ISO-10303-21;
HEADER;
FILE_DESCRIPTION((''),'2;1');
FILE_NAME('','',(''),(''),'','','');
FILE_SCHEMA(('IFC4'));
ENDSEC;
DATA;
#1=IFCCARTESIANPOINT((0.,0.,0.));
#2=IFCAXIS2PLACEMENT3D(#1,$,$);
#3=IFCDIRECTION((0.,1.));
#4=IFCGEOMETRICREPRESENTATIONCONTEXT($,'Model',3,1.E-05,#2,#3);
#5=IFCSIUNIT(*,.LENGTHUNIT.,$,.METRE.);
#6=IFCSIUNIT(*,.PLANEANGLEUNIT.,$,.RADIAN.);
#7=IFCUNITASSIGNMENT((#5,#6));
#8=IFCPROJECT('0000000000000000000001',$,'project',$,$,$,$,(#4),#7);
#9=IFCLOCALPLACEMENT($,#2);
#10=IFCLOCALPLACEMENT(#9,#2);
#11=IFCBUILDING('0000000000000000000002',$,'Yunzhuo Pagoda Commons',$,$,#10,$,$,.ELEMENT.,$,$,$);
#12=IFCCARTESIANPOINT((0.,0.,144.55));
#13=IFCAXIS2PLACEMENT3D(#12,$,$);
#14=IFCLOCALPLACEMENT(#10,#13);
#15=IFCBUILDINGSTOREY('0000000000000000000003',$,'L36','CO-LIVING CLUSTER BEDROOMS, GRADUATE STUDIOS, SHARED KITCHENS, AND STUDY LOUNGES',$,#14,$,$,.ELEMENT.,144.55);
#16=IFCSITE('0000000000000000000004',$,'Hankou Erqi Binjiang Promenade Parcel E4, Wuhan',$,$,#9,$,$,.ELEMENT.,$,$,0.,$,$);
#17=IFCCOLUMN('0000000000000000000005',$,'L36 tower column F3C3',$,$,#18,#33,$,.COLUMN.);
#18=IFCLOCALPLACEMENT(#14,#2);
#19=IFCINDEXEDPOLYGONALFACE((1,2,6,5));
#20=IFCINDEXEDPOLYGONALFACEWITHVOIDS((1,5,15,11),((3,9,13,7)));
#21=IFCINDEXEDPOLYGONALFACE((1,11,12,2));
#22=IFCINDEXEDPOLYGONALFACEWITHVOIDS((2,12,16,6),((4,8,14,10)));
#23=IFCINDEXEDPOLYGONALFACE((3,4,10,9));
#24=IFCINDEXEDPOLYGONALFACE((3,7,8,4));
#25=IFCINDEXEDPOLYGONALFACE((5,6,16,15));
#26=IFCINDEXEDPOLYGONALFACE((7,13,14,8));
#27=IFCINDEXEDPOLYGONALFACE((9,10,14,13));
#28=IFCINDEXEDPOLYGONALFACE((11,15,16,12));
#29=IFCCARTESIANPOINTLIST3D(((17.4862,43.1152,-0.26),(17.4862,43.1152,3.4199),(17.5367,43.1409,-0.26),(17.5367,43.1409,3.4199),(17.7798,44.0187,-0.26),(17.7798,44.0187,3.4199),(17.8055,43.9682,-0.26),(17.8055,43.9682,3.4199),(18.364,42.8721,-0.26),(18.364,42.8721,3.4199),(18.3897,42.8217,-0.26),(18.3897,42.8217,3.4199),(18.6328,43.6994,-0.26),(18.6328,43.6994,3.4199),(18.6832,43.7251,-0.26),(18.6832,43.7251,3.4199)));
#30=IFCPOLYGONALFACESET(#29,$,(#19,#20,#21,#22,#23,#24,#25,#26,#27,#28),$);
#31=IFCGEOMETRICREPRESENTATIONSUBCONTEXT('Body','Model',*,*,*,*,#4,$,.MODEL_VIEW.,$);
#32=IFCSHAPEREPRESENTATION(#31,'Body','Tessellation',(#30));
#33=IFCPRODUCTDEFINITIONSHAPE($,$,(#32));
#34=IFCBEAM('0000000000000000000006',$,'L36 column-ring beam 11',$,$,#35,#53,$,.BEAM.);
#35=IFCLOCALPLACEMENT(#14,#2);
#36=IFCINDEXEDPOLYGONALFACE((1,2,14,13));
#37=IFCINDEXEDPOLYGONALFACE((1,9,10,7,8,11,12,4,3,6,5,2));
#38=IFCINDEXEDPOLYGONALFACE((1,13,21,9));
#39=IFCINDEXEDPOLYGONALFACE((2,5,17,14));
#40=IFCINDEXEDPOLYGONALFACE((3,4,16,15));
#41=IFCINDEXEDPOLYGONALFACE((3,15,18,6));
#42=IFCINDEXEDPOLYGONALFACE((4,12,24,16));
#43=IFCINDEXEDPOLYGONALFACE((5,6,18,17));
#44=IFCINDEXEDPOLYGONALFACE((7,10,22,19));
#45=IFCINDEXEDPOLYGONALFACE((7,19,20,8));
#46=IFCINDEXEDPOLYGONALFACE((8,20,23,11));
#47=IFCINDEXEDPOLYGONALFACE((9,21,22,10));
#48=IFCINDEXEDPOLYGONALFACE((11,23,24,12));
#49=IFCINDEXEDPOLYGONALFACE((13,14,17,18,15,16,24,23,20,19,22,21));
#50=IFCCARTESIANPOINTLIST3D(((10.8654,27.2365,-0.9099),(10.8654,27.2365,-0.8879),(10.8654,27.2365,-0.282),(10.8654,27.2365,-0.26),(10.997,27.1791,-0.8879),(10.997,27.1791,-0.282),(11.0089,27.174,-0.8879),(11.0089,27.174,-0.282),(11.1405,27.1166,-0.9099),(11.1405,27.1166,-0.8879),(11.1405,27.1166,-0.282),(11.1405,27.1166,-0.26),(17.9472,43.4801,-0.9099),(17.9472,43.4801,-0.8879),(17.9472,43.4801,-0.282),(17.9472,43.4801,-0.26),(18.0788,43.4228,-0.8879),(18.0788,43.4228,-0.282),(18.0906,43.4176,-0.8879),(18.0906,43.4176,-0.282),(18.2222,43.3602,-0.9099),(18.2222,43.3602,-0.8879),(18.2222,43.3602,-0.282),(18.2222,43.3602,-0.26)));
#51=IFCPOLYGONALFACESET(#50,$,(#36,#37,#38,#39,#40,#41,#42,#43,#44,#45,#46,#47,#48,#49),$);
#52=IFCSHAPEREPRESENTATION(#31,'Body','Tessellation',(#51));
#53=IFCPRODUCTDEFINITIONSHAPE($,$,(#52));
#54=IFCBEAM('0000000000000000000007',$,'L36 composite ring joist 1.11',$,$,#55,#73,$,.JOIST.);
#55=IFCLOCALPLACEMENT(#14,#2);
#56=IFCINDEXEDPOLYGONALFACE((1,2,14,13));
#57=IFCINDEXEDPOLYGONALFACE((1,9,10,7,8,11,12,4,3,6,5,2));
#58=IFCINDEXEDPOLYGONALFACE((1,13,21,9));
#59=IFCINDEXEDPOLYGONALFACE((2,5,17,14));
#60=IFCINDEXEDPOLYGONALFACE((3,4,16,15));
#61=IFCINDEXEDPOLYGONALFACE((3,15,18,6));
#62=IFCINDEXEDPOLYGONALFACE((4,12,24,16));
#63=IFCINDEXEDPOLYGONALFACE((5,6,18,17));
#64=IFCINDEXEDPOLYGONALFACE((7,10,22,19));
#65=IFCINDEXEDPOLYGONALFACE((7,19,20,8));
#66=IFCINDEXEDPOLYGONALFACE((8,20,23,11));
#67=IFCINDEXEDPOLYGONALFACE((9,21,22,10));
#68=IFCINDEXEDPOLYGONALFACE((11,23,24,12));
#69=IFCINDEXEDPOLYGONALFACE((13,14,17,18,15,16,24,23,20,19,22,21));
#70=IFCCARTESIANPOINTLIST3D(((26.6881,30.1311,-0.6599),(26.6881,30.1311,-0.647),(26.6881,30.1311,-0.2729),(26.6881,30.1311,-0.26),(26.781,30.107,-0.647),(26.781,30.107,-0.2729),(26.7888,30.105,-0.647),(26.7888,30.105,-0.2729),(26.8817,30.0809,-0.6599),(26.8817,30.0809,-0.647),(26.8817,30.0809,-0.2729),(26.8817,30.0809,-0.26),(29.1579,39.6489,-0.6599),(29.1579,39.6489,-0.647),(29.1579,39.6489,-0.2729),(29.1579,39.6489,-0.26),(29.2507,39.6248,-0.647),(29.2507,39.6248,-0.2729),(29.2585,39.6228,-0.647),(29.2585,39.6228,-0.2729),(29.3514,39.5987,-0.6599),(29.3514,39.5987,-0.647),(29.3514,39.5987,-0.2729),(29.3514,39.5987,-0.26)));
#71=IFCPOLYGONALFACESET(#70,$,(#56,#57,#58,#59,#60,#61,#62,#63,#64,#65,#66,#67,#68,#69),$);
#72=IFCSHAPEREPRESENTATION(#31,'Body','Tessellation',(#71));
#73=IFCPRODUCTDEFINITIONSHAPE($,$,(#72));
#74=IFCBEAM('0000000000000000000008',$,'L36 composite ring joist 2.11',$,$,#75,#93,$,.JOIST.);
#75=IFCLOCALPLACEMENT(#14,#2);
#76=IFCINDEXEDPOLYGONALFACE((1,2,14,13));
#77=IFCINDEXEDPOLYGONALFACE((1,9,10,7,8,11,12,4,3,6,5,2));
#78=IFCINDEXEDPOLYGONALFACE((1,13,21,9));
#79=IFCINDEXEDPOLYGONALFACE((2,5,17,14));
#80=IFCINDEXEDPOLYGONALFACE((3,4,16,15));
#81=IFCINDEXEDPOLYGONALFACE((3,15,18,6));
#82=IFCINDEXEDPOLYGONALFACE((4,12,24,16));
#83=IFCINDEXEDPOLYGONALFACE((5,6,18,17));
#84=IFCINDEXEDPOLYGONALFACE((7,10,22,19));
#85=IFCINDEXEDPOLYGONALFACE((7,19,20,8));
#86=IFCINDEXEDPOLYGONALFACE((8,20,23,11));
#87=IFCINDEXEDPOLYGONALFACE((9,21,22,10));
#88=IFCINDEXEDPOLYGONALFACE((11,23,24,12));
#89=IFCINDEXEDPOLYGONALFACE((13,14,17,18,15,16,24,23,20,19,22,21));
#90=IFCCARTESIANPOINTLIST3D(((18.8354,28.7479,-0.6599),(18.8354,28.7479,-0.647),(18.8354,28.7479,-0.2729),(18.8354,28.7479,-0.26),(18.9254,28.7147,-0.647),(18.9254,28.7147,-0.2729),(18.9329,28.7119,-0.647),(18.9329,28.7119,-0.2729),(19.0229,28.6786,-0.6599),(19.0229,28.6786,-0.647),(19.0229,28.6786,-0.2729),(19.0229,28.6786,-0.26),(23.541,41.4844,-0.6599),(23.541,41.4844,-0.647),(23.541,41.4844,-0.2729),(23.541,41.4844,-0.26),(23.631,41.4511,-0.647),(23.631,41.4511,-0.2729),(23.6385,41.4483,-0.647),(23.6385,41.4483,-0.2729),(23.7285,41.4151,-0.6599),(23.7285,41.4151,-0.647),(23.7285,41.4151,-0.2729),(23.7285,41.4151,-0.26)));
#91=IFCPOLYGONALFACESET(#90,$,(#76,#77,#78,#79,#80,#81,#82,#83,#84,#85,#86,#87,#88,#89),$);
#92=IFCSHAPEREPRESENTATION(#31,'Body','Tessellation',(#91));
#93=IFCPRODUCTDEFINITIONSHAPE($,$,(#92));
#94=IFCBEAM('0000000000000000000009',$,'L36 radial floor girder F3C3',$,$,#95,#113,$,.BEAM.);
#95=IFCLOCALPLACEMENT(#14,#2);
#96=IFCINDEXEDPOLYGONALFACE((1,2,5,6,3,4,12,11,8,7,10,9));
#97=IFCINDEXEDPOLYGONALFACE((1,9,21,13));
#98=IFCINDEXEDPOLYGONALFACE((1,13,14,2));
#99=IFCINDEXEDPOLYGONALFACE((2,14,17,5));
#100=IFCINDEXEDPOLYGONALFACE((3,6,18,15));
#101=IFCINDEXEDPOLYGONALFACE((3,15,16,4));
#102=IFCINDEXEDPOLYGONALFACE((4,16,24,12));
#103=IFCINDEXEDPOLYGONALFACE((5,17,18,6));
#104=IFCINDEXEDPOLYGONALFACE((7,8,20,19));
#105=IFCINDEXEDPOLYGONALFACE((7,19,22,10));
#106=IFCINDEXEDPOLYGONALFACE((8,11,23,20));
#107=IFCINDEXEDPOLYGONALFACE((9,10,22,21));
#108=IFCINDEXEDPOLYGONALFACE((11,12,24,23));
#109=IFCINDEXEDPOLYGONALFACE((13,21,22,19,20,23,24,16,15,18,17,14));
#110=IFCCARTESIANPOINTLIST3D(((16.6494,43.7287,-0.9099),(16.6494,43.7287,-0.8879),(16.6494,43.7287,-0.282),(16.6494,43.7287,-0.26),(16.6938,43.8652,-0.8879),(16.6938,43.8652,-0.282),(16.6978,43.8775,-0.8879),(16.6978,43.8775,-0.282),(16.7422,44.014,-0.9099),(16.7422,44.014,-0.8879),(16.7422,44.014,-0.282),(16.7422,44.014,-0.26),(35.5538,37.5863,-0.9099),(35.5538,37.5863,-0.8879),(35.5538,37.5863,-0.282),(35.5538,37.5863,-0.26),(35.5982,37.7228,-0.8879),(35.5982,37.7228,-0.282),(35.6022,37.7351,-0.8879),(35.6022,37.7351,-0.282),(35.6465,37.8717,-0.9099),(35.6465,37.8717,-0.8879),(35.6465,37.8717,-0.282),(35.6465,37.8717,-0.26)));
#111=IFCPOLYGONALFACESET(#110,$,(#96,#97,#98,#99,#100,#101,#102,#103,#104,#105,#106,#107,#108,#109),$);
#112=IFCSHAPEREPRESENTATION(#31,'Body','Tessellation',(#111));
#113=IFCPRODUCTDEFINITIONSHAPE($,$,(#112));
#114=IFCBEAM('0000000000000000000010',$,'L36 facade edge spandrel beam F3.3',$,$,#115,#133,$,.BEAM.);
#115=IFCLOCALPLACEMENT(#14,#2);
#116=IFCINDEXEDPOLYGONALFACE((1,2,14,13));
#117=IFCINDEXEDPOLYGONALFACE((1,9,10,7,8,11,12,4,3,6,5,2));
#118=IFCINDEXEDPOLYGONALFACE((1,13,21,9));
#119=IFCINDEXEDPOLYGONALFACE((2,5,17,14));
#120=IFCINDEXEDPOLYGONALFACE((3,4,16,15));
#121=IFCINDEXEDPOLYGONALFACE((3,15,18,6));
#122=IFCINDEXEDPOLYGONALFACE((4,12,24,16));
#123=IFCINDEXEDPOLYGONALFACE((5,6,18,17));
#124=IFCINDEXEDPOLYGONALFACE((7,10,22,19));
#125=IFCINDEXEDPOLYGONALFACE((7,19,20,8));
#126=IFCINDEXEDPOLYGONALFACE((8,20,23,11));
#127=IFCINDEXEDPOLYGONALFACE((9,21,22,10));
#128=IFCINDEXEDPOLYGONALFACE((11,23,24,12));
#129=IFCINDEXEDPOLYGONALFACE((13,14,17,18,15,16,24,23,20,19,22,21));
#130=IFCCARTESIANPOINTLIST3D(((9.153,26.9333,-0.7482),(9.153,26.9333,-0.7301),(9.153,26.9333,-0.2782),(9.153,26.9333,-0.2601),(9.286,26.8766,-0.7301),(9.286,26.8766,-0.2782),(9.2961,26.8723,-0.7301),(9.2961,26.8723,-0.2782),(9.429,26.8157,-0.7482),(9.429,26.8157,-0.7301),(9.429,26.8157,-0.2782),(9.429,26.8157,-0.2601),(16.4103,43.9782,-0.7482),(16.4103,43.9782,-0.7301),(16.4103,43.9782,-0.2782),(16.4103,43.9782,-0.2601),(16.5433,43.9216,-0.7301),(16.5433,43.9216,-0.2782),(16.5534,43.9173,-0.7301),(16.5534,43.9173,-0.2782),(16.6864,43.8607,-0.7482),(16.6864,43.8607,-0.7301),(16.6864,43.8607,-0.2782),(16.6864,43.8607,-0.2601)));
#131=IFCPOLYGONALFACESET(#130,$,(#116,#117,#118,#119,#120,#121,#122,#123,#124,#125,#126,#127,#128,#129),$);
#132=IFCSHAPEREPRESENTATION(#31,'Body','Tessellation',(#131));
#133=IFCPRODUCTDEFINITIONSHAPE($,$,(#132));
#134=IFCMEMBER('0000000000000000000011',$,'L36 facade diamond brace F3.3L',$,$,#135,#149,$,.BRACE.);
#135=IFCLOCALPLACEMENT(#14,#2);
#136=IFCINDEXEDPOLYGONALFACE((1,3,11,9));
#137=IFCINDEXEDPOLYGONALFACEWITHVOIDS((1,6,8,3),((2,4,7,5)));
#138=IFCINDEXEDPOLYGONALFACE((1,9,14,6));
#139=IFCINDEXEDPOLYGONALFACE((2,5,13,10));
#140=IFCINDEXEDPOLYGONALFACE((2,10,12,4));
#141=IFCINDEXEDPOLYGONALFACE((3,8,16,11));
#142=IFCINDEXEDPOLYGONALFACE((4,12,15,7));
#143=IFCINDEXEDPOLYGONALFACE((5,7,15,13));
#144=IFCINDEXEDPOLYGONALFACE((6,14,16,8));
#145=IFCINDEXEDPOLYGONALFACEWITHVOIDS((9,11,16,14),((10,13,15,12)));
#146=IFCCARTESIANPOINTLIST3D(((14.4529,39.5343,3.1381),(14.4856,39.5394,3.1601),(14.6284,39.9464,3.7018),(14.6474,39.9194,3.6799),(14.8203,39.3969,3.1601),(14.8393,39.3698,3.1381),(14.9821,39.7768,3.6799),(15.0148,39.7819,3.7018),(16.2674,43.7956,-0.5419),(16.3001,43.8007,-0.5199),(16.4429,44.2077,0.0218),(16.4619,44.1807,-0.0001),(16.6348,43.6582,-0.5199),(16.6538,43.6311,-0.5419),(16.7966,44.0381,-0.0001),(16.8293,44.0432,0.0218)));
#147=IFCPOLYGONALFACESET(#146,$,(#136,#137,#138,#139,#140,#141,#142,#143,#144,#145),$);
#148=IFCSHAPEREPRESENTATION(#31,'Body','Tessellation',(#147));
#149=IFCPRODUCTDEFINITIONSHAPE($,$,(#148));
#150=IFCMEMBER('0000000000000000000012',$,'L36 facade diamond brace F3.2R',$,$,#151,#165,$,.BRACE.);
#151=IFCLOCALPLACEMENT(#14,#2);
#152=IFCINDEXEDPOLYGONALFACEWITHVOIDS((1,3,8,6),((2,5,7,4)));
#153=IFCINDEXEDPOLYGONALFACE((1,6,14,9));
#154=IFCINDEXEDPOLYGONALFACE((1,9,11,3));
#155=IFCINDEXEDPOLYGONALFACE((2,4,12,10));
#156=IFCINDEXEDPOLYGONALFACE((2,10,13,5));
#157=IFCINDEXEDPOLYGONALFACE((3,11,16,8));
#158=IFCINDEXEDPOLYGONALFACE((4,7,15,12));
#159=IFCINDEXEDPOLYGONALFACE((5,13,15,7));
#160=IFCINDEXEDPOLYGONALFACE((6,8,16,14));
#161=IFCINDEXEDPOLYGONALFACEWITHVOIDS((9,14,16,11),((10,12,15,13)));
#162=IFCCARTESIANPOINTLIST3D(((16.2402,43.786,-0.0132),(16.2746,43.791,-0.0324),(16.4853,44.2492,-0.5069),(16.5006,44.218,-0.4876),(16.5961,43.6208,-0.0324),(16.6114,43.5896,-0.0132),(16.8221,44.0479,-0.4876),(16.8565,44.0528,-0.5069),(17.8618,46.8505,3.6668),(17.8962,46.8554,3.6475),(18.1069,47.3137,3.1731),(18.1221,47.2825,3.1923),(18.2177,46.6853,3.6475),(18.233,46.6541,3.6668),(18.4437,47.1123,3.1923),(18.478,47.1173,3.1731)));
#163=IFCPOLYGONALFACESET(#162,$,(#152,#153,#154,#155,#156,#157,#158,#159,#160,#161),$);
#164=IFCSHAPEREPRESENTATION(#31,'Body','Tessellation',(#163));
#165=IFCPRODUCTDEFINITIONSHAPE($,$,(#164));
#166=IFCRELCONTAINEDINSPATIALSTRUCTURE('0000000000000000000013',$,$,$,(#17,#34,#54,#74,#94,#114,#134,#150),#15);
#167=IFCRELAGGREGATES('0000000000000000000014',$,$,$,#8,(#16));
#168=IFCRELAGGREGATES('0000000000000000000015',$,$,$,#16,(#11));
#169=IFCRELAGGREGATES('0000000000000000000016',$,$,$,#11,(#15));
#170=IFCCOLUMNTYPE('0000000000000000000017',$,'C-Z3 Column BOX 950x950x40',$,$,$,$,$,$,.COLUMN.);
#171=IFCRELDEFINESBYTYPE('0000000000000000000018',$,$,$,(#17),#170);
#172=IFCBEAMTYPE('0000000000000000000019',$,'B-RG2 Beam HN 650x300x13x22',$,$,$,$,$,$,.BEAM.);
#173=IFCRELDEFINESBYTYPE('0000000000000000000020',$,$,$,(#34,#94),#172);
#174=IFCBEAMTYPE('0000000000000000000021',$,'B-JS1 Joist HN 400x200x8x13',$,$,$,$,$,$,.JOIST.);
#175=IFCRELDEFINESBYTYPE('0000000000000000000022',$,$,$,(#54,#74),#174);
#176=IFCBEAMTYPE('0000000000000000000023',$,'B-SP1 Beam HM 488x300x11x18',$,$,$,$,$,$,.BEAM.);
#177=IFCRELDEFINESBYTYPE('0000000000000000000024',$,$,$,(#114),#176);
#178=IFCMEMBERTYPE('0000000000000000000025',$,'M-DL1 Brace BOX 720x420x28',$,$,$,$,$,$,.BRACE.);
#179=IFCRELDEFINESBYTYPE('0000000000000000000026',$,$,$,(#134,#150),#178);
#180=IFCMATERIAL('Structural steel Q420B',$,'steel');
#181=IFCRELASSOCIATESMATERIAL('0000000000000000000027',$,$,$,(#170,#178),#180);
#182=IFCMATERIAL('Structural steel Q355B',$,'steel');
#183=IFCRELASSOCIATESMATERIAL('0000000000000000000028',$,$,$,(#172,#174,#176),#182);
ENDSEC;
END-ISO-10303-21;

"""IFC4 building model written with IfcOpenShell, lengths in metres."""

from ifc_helpers import new_model, si_unit, direction, frame, origin, origin_2d, place, context, subcontext, project, spatial, hollow_rectangle, i_section, extrude, source, transform, mapped, material, material_profile, profile_set, type_object, element, save


model = new_model("IFC4")

# Units and contexts
model_context = context("Model", 3, precision=1e-05, world=origin(), true_north=direction((0.0, 1.0)))
body_context = subcontext(model_context, "Body", "Model", "MODEL_VIEW")
ifc_project = project(units=[si_unit("LENGTHUNIT", "METRE"), si_unit("PLANEANGLEUNIT", "RADIAN")], contexts=[model_context])

# Site, building, storey
site_placement = place(None, origin())
site = spatial("IfcSite", under=ifc_project, at=site_placement, Name="Hankou Erqi Binjiang Promenade Parcel E4, Wuhan", CompositionType="ELEMENT", RefElevation=0.0)
building_placement = place(site_placement, origin())
building = spatial("IfcBuilding", under=site, at=building_placement, Name="Yunzhuo Pagoda Commons", CompositionType="ELEMENT")
storey_placement = place(building_placement, frame((0.0, 0.0, 144.55)))
storey = spatial("IfcBuildingStorey", under=building, at=storey_placement, Name="L36", Description="CO-LIVING CLUSTER BEDROOMS, GRADUATE STUDIOS, SHARED KITCHENS, AND STUDY LOUNGES", CompositionType="ELEMENT", Elevation=144.55)

# Column
ifc_material_1 = material(Name="Structural steel Q420B", Category="steel")
ifc_material_profile_1 = material_profile(ifc_material_1, hollow_rectangle(XDim=0.95, YDim=0.95, WallThickness=0.04, at=origin_2d()), Name="Structural steel Q420B")
ifc_profile_set_1 = profile_set([ifc_material_profile_1], Name="Structural steel Q420B")
column_type = type_object("IfcColumnType", Name="C-Z3 Column BOX 950x950x40", PredefinedType="COLUMN", material=ifc_profile_set_1)
shared_shape_1 = source(origin(), body_context, "Body", "SweptSolid", [
    extrude(hollow_rectangle(XDim=0.95, YDim=0.95, WallThickness=0.04, at=origin_2d()), origin(), (0.0, 0.0, 1.0), 3.6799),
])
column_placement = place(storey_placement, frame((18.0847, 43.4202, -0.26), z_axis=(0.0, 0.0, 1.0), x_axis=(-0.309017, -0.951057, 0.0)))
element("IfcColumn", 1, at=column_placement, inside=storey, type_object=column_type, Name="L36 tower column F3C3", PredefinedType="COLUMN", context=body_context, shape_type="MappedRepresentation", body=[
    mapped(shared_shape_1, transform((0.0, 0.0, 0.0), scale=1.0)),
])

# Beams
ifc_material_2 = material(Name="Structural steel Q355B", Category="steel")
ifc_material_profile_2 = material_profile(ifc_material_2, i_section(OverallWidth=0.3, OverallDepth=0.6499, WebThickness=0.0129, FlangeThickness=0.022, at=origin_2d()), Name="Structural steel Q355B")
ifc_profile_set_2 = profile_set([ifc_material_profile_2], Name="Structural steel Q355B")
beam_type_1 = type_object("IfcBeamType", Name="B-RG2 Beam HN 650x300x13x22", PredefinedType="BEAM", material=ifc_profile_set_2)
shared_shape_2 = source(origin(), body_context, "Body", "SweptSolid", [
    extrude(i_section(OverallWidth=0.3, OverallDepth=0.6499, WebThickness=0.0129, FlangeThickness=0.022, at=origin_2d()), origin(), (0.0, 0.0, 1.0), 17.7202),
])
beam_1_placement = place(storey_placement, frame((18.0847, 43.4202, -0.585), z_axis=(-0.399643, -0.916671, 0.0), x_axis=(0.916671, -0.399643, 0.0)))
element("IfcBeam", 2, at=beam_1_placement, inside=storey, type_object=beam_type_1, Name="L36 column-ring beam 11", PredefinedType="BEAM", context=body_context, shape_type="MappedRepresentation", body=[
    mapped(shared_shape_2, transform((0.0, 0.0, 0.0), scale=1.0)),
])
ifc_material_profile_3 = material_profile(ifc_material_2, i_section(OverallWidth=0.2, OverallDepth=0.3999, WebThickness=0.0081, FlangeThickness=0.0129, at=origin_2d()), Name="Structural steel Q355B")
ifc_profile_set_3 = profile_set([ifc_material_profile_3], Name="Structural steel Q355B")
beam_type_2 = type_object("IfcBeamType", Name="B-JS1 Joist HN 400x200x8x13", PredefinedType="JOIST", material=ifc_profile_set_3)
shared_shape_3 = source(origin(), body_context, "Body", "SweptSolid", [
    extrude(i_section(OverallWidth=0.2, OverallDepth=0.3999, WebThickness=0.0081, FlangeThickness=0.0129, at=origin_2d()), origin(), (0.0, 0.0, 1.0), 9.833),
])
beam_2_placement = place(storey_placement, frame((29.2546, 39.6238, -0.46), z_axis=(-0.251166, -0.967944, 0.0), x_axis=(0.967944, -0.251166, 0.0)))
element("IfcBeam", 3, at=beam_2_placement, inside=storey, type_object=beam_type_2, Name="L36 composite ring joist 1.11", PredefinedType="JOIST", context=body_context, shape_type="MappedRepresentation", body=[
    mapped(shared_shape_3, transform((0.0, 0.0, 0.0), scale=1.0)),
])
shared_shape_4 = source(origin(), body_context, "Body", "SweptSolid", [
    extrude(i_section(OverallWidth=0.2, OverallDepth=0.3999, WebThickness=0.0081, FlangeThickness=0.0129, at=origin_2d()), origin(), (0.0, 0.0, 1.0), 13.5779),
])
beam_3_placement = place(storey_placement, frame((23.6348, 41.4497, -0.46), z_axis=(-0.346563, -0.938027, 0.0), x_axis=(0.938027, -0.346563, 0.0)))
element("IfcBeam", 4, at=beam_3_placement, inside=storey, type_object=beam_type_2, Name="L36 composite ring joist 2.11", PredefinedType="JOIST", context=body_context, shape_type="MappedRepresentation", body=[
    mapped(shared_shape_4, transform((0.0, 0.0, 0.0), scale=1.0)),
])
shared_shape_5 = source(origin(), body_context, "Body", "SweptSolid", [
    extrude(i_section(OverallWidth=0.3, OverallDepth=0.6499, WebThickness=0.0129, FlangeThickness=0.022, at=origin_2d()), origin(), (0.0, 0.0, 1.0), 19.8772),
])
beam_4_placement = place(storey_placement, frame((16.6958, 43.8713, -0.585), z_axis=(0.951057, -0.309015, 0.0), x_axis=(0.309015, 0.951057, 0.0)))
element("IfcBeam", 5, at=beam_4_placement, inside=storey, type_object=beam_type_1, Name="L36 radial floor girder F3C3", PredefinedType="BEAM", context=body_context, shape_type="MappedRepresentation", body=[
    mapped(shared_shape_5, transform((0.0, 0.0, 0.0), scale=1.0)),
])
ifc_material_profile_4 = material_profile(ifc_material_2, i_section(OverallWidth=0.3, OverallDepth=0.488, WebThickness=0.011, FlangeThickness=0.0181, at=origin_2d()), Name="Structural steel Q355B")
ifc_profile_set_4 = profile_set([ifc_material_profile_4], Name="Structural steel Q355B")
beam_type_3 = type_object("IfcBeamType", Name="B-SP1 Beam HM 488x300x11x18", PredefinedType="BEAM", material=ifc_profile_set_4)
shared_shape_6 = source(origin(), body_context, "Body", "SweptSolid", [
    extrude(i_section(OverallWidth=0.3, OverallDepth=0.488, WebThickness=0.011, FlangeThickness=0.0181, at=origin_2d()), origin(), (0.0, 0.0, 1.0), 18.5256),
])
beam_5_placement = place(storey_placement, frame((16.5483, 43.9194, -0.5042), z_axis=(-0.391746, -0.920074, 0.0), x_axis=(0.920074, -0.391746, 0.0)))
element("IfcBeam", 6, at=beam_5_placement, inside=storey, type_object=beam_type_3, Name="L36 facade edge spandrel beam F3.3", PredefinedType="BEAM", context=body_context, shape_type="MappedRepresentation", body=[
    mapped(shared_shape_6, transform((0.0, 0.0, 0.0), scale=1.0)),
])

# Members
ifc_material_profile_5 = material_profile(ifc_material_1, hollow_rectangle(XDim=0.4199, YDim=0.72, WallThickness=0.0281, at=origin_2d()), Name="Structural steel Q420B")
ifc_profile_set_5 = profile_set([ifc_material_profile_5], Name="Structural steel Q420B")
member_type_1 = type_object("IfcMemberType", Name="M-DL1 Brace BOX 720x420x28", PredefinedType="BRACE", material=ifc_profile_set_5)
shared_shape_7 = source(origin(), body_context, "Body", "SweptSolid", [
    extrude(hollow_rectangle(XDim=0.4199, YDim=0.72, WallThickness=0.0281, at=origin_2d()), origin(), (0.0, 0.0, 1.0), 5.9155),
])
member_1_placement = place(storey_placement, frame((16.5483, 43.9194, -0.26), z_axis=(-0.306733, -0.720359, 0.622091), x_axis=(0.920064, -0.391768, 0.0)))
element("IfcMember", 7, at=member_1_placement, inside=storey, type_object=member_type_1, Name="L36 facade diamond brace F3.3L", PredefinedType="BRACE", context=body_context, shape_type="MappedRepresentation", body=[
    mapped(shared_shape_7, transform((0.0, 0.0, 0.0), scale=1.0)),
])
shared_shape_8 = source(origin(), body_context, "Body", "SweptSolid", [
    extrude(hollow_rectangle(XDim=0.4199, YDim=0.72, WallThickness=0.0281, at=origin_2d()), origin(), (0.0, 0.0, 1.0), 5.0559),
])
member_2_placement = place(storey_placement, frame((16.5483, 43.9194, -0.26), z_axis=(0.32073, 0.606112, 0.727847), x_axis=(-0.88388, 0.467713, 0.0)))
element("IfcMember", 8, at=member_2_placement, inside=storey, type_object=member_type_1, Name="L36 facade diamond brace F3.2R", PredefinedType="BRACE", context=body_context, shape_type="MappedRepresentation", body=[
    mapped(shared_shape_8, transform((0.0, 0.0, 0.0), scale=1.0)),
])

save(model, "model.ifc")
